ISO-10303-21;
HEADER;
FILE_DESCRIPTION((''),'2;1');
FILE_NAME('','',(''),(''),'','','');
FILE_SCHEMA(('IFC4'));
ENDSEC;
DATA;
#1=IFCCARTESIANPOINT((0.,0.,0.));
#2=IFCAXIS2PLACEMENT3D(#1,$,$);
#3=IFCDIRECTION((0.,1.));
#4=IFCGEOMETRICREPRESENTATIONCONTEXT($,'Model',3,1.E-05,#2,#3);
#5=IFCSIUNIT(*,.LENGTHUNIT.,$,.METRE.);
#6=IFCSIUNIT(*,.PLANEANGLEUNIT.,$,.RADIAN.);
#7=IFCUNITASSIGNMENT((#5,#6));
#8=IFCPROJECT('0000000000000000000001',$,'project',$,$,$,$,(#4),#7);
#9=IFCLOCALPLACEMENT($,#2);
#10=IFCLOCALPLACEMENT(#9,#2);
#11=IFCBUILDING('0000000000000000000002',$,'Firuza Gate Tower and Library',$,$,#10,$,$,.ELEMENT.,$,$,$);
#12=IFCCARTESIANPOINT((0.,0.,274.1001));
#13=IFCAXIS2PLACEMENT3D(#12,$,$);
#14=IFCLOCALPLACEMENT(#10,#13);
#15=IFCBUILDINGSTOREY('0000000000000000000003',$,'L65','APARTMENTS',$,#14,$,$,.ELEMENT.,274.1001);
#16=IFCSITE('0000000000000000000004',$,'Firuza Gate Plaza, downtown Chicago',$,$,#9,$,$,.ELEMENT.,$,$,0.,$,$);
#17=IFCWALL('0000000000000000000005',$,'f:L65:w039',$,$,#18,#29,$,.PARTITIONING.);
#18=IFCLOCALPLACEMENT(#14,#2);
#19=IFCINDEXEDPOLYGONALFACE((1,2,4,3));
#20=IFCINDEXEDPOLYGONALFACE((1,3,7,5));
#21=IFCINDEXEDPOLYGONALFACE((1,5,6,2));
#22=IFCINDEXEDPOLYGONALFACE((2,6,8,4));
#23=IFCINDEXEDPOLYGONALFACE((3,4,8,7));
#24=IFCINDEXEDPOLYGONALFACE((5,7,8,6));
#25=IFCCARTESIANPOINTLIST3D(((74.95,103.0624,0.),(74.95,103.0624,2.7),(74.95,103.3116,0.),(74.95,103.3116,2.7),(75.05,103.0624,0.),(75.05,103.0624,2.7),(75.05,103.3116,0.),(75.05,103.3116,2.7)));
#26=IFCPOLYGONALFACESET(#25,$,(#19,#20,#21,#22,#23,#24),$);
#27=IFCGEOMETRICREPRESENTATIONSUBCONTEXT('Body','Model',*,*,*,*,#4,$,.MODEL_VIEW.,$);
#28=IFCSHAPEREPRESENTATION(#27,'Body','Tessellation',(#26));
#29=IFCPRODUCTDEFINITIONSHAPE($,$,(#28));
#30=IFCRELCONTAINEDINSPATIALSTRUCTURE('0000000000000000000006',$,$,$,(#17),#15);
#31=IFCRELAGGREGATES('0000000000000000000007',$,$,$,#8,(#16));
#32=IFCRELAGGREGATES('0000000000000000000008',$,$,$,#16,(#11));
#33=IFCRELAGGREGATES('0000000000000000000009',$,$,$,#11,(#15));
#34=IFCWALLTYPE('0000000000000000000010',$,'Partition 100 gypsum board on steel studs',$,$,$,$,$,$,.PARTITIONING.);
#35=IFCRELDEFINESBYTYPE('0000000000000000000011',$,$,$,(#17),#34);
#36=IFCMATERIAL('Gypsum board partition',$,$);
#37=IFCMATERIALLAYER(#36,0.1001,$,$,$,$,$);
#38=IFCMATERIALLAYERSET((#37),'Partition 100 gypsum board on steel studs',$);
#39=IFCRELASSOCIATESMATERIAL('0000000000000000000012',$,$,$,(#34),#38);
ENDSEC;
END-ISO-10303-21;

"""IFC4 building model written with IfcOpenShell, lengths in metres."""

from ifc_helpers import new_model, si_unit, direction, frame, frame_2d, origin, place, context, subcontext, project, spatial, rectangle, extrude, material, layer, layer_set, type_object, element, save


model = new_model("IFC4")

# Units and contexts
model_context = context("Model", 3, precision=1e-05, world=origin(), true_north=direction((0.0, 1.0)))
body_context = subcontext(model_context, "Body", "Model", "MODEL_VIEW")
ifc_project = project(units=[si_unit("LENGTHUNIT", "METRE"), si_unit("PLANEANGLEUNIT", "RADIAN")], contexts=[model_context])

# Site, building, storey
site_placement = place(None, origin())
site = spatial("IfcSite", under=ifc_project, at=site_placement, Name="Firuza Gate Plaza, downtown Chicago", CompositionType="ELEMENT", RefElevation=0.0)
building_placement = place(site_placement, origin())
building = spatial("IfcBuilding", under=site, at=building_placement, Name="Firuza Gate Tower and Library", CompositionType="ELEMENT")
storey_placement = place(building_placement, frame((0.0, 0.0, 274.1001)))
storey = spatial("IfcBuildingStorey", under=building, at=storey_placement, Name="L65", Description="APARTMENTS", CompositionType="ELEMENT", Elevation=274.1001)

# Wall
ifc_material_1 = material(Name="Gypsum board partition")
ifc_layer_1 = layer(ifc_material_1, 0.1001)
ifc_layer_set_1 = layer_set([ifc_layer_1], Name="Partition 100 gypsum board on steel studs")
wall_type_1 = type_object("IfcWallType", Name="Partition 100 gypsum board on steel studs", PredefinedType="PARTITIONING", material=ifc_layer_set_1)
wall_1_placement = place(storey_placement, frame((75.0, 103.0625, 0.0), z_axis=(0.0, 0.0, 1.0), x_axis=(0.0, 1.0, 0.0)))
element("IfcWall", 1, at=wall_1_placement, inside=storey, type_object=wall_type_1, Name="f:L65:w039", PredefinedType="PARTITIONING", context=body_context, shape_type="SweptSolid", body=[
    extrude(rectangle(XDim=0.2493, YDim=0.1001, at=frame_2d((0.1245, 0.0))), origin(), (0.0, 0.0, 1.0), 2.7),
])

save(model, "model.ifc")
